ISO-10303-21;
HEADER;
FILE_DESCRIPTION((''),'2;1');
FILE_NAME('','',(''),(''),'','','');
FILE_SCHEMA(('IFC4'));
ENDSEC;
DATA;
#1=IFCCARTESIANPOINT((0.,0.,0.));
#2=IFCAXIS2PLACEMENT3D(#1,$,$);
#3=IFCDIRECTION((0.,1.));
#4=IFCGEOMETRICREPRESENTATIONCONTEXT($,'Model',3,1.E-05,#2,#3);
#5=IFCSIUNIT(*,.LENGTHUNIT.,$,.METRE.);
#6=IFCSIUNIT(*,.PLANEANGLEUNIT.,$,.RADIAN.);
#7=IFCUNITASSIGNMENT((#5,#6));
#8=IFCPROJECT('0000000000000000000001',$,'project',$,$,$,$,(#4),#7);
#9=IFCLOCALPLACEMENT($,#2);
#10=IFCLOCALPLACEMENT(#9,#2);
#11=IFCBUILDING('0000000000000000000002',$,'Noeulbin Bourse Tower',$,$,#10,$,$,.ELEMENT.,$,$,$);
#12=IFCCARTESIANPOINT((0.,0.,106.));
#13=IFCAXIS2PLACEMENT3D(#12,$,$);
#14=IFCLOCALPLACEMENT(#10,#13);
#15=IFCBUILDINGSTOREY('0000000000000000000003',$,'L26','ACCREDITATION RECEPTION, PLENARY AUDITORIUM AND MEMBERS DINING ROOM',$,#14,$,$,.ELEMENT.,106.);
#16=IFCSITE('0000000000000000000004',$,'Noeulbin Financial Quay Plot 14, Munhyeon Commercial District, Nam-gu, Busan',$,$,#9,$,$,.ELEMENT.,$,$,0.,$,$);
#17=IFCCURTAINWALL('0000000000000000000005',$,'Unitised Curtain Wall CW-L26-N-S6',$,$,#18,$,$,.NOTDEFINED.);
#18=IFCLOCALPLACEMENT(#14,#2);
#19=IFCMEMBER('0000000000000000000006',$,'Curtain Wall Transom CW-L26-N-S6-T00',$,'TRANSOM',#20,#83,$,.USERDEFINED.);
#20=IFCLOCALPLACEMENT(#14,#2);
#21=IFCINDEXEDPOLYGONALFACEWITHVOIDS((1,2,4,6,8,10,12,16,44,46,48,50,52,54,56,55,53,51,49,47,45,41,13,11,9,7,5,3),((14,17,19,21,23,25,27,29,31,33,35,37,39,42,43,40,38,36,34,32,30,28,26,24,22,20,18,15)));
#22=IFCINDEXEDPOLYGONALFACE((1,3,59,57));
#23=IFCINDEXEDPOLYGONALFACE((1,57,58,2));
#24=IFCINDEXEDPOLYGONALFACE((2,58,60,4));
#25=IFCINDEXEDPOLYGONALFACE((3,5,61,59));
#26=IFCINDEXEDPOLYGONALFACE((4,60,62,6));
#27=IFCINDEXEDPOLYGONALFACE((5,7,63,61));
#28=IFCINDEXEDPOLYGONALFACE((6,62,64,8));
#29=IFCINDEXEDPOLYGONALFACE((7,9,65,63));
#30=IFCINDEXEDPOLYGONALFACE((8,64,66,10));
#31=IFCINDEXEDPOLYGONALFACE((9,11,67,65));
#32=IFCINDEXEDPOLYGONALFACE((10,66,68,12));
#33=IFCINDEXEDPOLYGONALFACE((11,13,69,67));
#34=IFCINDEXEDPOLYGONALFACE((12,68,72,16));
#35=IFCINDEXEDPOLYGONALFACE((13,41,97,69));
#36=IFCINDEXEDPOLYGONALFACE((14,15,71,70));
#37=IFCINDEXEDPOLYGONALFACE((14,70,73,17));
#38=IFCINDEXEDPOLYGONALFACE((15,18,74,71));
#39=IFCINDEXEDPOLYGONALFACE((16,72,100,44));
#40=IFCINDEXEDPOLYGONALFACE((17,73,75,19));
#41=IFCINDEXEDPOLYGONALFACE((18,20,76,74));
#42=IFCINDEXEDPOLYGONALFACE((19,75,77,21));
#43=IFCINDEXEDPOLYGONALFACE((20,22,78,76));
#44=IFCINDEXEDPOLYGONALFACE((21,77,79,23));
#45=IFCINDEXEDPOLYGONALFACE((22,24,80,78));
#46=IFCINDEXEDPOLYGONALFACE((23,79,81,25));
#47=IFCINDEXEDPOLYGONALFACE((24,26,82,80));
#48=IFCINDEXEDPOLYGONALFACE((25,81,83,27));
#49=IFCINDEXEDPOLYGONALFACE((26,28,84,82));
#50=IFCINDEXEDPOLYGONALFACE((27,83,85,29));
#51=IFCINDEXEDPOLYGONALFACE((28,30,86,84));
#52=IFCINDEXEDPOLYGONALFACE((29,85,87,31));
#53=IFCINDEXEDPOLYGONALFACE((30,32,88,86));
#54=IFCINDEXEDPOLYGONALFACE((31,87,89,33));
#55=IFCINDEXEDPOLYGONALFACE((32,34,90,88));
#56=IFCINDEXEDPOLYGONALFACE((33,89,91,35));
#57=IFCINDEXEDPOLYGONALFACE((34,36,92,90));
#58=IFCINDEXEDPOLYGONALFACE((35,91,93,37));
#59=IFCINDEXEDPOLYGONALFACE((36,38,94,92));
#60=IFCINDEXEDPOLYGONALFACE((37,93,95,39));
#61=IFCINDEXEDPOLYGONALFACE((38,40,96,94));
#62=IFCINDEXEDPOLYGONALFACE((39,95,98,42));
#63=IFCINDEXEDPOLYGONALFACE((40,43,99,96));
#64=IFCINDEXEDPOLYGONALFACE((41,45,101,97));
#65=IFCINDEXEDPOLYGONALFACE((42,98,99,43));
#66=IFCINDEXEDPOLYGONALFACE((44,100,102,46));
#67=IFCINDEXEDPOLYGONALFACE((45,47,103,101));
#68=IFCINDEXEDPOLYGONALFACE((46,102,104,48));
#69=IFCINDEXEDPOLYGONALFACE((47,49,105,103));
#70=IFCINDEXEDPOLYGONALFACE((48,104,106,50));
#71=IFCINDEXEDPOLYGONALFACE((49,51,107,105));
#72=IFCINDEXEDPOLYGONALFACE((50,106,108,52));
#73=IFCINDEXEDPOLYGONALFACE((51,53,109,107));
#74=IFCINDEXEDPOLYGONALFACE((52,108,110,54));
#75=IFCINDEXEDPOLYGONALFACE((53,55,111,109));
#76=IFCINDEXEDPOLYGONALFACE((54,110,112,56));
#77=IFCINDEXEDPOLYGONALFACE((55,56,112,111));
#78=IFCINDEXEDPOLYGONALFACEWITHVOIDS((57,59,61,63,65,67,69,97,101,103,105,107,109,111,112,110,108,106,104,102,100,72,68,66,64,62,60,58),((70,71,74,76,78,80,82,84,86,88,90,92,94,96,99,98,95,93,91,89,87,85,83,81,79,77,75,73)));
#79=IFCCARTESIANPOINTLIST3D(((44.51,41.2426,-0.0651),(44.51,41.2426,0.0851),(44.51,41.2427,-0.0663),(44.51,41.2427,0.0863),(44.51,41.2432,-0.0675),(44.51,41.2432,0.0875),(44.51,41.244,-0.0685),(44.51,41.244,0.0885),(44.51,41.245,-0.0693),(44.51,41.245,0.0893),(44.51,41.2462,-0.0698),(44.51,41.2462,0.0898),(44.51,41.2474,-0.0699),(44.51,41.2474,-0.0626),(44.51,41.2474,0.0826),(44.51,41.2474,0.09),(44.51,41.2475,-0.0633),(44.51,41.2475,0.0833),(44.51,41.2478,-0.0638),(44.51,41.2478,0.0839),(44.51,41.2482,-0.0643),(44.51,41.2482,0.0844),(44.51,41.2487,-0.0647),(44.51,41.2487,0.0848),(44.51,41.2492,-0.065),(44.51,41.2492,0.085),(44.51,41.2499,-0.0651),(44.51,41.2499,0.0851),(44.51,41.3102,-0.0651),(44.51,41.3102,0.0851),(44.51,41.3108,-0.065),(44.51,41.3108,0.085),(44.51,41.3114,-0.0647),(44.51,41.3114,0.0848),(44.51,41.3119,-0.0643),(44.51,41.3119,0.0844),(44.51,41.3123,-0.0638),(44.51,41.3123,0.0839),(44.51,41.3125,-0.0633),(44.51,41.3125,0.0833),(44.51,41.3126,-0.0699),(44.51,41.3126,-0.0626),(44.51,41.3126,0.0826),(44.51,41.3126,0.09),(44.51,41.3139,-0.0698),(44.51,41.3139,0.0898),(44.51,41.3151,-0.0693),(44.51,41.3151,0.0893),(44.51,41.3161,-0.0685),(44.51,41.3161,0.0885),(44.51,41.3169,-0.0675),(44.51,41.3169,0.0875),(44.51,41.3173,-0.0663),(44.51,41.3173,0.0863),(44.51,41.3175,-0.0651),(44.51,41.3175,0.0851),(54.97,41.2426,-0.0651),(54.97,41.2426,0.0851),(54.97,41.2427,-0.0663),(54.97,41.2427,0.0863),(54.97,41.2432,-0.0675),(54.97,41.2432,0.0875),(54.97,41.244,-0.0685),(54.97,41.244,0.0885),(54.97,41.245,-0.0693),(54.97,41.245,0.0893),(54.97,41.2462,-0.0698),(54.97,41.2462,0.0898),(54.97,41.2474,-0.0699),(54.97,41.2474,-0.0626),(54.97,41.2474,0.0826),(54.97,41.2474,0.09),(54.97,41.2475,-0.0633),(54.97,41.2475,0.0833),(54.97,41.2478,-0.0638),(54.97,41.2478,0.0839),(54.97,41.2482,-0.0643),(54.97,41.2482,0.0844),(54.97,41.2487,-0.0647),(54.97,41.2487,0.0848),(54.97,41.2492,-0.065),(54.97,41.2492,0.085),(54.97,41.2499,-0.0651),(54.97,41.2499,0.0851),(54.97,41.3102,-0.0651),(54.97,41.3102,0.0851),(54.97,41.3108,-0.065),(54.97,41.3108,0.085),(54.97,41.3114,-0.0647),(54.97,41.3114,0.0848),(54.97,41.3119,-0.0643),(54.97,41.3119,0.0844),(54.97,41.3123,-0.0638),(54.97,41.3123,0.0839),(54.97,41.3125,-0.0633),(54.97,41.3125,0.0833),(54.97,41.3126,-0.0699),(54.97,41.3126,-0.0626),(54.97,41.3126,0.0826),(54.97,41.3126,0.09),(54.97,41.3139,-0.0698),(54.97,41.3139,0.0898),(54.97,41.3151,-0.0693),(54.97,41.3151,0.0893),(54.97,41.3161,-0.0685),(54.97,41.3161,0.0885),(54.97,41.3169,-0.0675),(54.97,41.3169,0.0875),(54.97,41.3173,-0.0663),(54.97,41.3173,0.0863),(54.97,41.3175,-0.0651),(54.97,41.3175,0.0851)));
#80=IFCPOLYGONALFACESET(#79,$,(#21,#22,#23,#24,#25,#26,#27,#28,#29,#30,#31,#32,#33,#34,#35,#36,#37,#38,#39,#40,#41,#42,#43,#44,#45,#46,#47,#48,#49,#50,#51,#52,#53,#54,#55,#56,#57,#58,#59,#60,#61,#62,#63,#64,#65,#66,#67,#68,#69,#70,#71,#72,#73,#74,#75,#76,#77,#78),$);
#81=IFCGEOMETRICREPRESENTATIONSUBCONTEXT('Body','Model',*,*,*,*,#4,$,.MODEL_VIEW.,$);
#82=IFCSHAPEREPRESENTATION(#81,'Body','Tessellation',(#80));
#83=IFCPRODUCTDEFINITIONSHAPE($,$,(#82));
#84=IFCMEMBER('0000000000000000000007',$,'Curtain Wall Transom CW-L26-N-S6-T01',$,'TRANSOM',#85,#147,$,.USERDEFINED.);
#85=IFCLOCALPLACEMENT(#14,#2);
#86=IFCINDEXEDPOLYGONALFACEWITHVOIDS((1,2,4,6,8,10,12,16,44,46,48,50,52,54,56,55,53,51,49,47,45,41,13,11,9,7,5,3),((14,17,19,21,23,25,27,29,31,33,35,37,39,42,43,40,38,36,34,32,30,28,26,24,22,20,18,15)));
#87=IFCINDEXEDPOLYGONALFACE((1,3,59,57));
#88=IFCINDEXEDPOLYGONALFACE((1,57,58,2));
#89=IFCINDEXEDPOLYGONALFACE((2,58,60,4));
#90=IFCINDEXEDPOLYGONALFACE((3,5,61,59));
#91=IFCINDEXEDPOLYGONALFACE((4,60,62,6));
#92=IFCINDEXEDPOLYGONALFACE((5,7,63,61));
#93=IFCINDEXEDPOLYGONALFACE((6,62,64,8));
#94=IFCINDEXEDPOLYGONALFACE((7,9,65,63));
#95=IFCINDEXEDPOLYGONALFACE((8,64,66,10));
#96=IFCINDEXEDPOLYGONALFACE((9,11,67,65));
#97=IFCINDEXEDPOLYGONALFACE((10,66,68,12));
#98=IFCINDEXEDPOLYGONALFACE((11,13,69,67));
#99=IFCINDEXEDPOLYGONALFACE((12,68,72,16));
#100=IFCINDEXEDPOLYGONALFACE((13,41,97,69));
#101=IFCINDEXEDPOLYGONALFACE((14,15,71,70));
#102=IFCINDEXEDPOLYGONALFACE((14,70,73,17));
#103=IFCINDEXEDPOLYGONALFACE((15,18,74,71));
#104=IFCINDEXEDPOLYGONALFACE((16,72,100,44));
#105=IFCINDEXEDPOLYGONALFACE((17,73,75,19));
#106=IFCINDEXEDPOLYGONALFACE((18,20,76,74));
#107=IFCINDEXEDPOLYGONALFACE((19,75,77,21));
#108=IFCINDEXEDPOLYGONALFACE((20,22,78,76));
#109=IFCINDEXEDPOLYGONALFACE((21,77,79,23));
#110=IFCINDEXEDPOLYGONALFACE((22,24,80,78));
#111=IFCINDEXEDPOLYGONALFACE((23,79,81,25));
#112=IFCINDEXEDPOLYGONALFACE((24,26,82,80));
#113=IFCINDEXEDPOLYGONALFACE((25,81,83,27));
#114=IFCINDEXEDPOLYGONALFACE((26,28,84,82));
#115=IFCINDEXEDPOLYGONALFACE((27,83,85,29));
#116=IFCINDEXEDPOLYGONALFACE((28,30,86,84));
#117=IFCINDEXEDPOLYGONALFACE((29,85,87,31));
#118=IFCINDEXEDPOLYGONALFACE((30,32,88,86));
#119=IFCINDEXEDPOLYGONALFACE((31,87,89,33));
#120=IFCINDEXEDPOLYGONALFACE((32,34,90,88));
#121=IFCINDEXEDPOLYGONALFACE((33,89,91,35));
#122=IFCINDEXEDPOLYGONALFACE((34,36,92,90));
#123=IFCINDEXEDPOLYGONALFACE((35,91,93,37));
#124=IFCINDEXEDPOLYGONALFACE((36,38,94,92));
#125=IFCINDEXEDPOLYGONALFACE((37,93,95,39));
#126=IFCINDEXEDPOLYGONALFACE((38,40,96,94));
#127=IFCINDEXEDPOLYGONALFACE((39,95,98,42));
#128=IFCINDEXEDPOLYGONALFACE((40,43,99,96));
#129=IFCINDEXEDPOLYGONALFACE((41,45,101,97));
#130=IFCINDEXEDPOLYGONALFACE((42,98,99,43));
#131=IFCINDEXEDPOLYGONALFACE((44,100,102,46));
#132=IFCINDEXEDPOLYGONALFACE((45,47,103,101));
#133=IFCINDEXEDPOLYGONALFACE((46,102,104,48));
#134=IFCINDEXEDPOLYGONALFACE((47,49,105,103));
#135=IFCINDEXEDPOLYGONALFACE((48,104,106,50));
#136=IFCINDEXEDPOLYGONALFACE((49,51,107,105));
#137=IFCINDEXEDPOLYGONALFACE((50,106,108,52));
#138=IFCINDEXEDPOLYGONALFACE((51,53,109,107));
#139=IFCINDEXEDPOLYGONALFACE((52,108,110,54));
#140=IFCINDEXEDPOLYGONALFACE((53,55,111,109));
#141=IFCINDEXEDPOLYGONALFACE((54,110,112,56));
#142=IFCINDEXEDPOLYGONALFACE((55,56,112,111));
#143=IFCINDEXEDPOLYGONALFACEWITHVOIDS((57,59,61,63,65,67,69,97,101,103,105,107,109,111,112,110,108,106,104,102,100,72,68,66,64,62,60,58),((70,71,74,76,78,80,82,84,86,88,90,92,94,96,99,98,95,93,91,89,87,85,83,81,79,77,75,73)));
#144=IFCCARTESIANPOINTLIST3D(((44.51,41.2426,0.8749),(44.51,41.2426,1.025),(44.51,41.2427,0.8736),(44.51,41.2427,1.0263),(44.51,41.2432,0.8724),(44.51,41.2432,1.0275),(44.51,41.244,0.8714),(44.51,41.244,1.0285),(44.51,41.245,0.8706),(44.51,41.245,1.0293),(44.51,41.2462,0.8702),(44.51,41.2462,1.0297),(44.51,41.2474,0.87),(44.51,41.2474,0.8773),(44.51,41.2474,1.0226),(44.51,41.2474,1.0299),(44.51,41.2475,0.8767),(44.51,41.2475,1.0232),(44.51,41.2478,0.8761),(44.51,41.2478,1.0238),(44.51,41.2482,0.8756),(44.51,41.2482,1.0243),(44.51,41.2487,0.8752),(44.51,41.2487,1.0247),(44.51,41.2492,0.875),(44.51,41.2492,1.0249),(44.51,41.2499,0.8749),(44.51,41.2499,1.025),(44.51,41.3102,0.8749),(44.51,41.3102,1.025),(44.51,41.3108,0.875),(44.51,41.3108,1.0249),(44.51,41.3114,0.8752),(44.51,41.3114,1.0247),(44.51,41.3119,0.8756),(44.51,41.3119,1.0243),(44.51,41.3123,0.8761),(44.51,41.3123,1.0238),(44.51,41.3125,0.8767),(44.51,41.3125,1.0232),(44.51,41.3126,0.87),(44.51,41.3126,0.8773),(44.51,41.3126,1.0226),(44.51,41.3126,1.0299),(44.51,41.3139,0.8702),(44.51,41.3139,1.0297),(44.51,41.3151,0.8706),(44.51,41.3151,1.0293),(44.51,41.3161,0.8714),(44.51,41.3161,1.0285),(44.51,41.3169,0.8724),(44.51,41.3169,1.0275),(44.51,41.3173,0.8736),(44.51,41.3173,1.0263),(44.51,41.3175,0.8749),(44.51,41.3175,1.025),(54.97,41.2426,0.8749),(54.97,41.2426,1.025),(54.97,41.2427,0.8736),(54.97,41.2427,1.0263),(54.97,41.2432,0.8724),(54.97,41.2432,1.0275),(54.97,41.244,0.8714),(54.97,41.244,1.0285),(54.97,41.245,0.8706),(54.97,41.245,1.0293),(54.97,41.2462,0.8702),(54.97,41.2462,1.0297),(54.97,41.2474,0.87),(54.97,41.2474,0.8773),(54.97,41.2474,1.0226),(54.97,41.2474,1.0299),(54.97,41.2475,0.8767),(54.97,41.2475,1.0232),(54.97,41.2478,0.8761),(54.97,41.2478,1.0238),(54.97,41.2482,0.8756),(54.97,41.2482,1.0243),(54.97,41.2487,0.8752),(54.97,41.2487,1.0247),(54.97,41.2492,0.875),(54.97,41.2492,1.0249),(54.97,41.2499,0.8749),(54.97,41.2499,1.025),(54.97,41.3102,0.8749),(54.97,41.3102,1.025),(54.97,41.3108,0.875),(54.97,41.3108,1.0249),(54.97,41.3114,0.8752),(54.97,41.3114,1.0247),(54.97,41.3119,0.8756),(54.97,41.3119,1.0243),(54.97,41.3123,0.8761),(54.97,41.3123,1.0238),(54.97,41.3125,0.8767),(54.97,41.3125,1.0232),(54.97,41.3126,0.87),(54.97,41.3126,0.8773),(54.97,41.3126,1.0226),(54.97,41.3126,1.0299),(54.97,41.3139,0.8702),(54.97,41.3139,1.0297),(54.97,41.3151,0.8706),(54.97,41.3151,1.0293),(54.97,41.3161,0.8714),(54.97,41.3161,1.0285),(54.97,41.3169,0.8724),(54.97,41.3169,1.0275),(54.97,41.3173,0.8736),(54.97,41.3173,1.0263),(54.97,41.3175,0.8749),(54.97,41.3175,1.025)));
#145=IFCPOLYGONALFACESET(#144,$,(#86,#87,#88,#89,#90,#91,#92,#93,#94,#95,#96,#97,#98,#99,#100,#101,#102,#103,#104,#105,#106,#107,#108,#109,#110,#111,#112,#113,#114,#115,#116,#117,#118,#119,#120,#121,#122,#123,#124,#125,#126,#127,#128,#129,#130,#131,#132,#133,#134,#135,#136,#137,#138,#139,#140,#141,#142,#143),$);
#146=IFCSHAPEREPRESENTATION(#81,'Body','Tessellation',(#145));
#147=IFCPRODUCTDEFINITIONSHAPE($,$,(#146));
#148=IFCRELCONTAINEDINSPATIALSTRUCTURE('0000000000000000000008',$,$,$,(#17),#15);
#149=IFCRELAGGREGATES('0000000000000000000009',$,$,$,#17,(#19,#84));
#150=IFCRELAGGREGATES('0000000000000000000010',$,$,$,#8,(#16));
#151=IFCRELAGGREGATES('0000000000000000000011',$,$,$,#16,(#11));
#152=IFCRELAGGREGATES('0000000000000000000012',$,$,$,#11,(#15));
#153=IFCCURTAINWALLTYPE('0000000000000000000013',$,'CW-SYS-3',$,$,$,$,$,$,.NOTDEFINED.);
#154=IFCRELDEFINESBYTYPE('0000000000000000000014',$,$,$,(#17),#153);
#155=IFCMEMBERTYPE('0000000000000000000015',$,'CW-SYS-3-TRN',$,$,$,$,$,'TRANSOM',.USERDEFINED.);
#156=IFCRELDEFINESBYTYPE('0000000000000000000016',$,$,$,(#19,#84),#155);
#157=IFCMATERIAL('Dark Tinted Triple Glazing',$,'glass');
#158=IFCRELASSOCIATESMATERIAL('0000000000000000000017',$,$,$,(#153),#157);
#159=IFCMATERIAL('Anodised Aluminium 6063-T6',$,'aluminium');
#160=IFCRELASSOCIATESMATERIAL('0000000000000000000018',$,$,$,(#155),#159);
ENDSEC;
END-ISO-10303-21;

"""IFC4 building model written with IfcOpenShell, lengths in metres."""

from ifc_helpers import new_model, si_unit, direction, frame, origin, origin_2d, place, context, subcontext, project, spatial, hollow_rectangle, extrude, material, material_profile, profile_set, type_object, element, aggregate, save


model = new_model("IFC4")

# Units and contexts
model_context = context("Model", 3, precision=1e-05, world=origin(), true_north=direction((0.0, 1.0)))
body_context = subcontext(model_context, "Body", "Model", "MODEL_VIEW")
ifc_project = project(units=[si_unit("LENGTHUNIT", "METRE"), si_unit("PLANEANGLEUNIT", "RADIAN")], contexts=[model_context])

# Site, building, storey
site_placement = place(None, origin())
site = spatial("IfcSite", under=ifc_project, at=site_placement, Name="Noeulbin Financial Quay Plot 14, Munhyeon Commercial District, Nam-gu, Busan", CompositionType="ELEMENT", RefElevation=0.0)
building_placement = place(site_placement, origin())
building = spatial("IfcBuilding", under=site, at=building_placement, Name="Noeulbin Bourse Tower", CompositionType="ELEMENT")
storey_placement = place(building_placement, frame((0.0, 0.0, 106.0)))
storey = spatial("IfcBuildingStorey", under=building, at=storey_placement, Name="L26", Description="ACCREDITATION RECEPTION, PLENARY AUDITORIUM AND MEMBERS DINING ROOM", CompositionType="ELEMENT", Elevation=106.0)

# Curtain wall
ifc_material_1 = material(Name="Dark Tinted Triple Glazing", Category="glass")
curtain_wall_type = type_object("IfcCurtainWallType", Name="CW-SYS-3", PredefinedType="NOTDEFINED", material=ifc_material_1)
curtain_wall_1_placement = place(storey_placement, origin())
curtain_wall_1 = element("IfcCurtainWall", 1, at=curtain_wall_1_placement, inside=storey, type_object=curtain_wall_type, Name="Unitised Curtain Wall CW-L26-N-S6", PredefinedType="NOTDEFINED")
ifc_material_2 = material(Name="Anodised Aluminium 6063-T6", Category="aluminium")

# Members
ifc_material_profile_1 = material_profile(ifc_material_2, hollow_rectangle(XDim=0.075, YDim=0.1599, WallThickness=0.0049, InnerFilletRadius=0.0024, OuterFilletRadius=0.0049, at=origin_2d()), Name="ALU-TRAN-75x160x5", Category="LoadBearing")
ifc_profile_set_1 = profile_set([ifc_material_profile_1], Name="Anodised Aluminium 6063-T6")
member_type_1 = type_object("IfcMemberType", Name="CW-SYS-3-TRN", ElementType="TRANSOM", PredefinedType="USERDEFINED", material=ifc_profile_set_1)
member_1_placement = place(storey_placement, frame((44.51, 41.28, 0.01), z_axis=(1.0, 0.0, 0.0), x_axis=(0.0, 1.0, 0.0)))
member_1 = element("IfcMember", 2, at=member_1_placement, type_object=member_type_1, Name="Curtain Wall Transom CW-L26-N-S6-T00", ObjectType="TRANSOM", PredefinedType="USERDEFINED", context=body_context, shape_type="SweptSolid", body=[
    extrude(hollow_rectangle(XDim=0.075, YDim=0.1599, WallThickness=0.0049, InnerFilletRadius=0.0024, OuterFilletRadius=0.0049, at=origin_2d()), origin(), (0.0, 0.0, 1.0), 10.46),
])
member_2_placement = place(storey_placement, frame((44.51, 41.28, 0.95), z_axis=(1.0, 0.0, 0.0), x_axis=(0.0, 1.0, 0.0)))
member_2 = element("IfcMember", 3, at=member_2_placement, type_object=member_type_1, Name="Curtain Wall Transom CW-L26-N-S6-T01", ObjectType="TRANSOM", PredefinedType="USERDEFINED", context=body_context, shape_type="SweptSolid", body=[
    extrude(hollow_rectangle(XDim=0.075, YDim=0.1599, WallThickness=0.0049, InnerFilletRadius=0.0024, OuterFilletRadius=0.0049, at=origin_2d()), origin(), (0.0, 0.0, 1.0), 10.46),
])

aggregate(curtain_wall_1, [member_1, member_2])

save(model, "model.ifc")
